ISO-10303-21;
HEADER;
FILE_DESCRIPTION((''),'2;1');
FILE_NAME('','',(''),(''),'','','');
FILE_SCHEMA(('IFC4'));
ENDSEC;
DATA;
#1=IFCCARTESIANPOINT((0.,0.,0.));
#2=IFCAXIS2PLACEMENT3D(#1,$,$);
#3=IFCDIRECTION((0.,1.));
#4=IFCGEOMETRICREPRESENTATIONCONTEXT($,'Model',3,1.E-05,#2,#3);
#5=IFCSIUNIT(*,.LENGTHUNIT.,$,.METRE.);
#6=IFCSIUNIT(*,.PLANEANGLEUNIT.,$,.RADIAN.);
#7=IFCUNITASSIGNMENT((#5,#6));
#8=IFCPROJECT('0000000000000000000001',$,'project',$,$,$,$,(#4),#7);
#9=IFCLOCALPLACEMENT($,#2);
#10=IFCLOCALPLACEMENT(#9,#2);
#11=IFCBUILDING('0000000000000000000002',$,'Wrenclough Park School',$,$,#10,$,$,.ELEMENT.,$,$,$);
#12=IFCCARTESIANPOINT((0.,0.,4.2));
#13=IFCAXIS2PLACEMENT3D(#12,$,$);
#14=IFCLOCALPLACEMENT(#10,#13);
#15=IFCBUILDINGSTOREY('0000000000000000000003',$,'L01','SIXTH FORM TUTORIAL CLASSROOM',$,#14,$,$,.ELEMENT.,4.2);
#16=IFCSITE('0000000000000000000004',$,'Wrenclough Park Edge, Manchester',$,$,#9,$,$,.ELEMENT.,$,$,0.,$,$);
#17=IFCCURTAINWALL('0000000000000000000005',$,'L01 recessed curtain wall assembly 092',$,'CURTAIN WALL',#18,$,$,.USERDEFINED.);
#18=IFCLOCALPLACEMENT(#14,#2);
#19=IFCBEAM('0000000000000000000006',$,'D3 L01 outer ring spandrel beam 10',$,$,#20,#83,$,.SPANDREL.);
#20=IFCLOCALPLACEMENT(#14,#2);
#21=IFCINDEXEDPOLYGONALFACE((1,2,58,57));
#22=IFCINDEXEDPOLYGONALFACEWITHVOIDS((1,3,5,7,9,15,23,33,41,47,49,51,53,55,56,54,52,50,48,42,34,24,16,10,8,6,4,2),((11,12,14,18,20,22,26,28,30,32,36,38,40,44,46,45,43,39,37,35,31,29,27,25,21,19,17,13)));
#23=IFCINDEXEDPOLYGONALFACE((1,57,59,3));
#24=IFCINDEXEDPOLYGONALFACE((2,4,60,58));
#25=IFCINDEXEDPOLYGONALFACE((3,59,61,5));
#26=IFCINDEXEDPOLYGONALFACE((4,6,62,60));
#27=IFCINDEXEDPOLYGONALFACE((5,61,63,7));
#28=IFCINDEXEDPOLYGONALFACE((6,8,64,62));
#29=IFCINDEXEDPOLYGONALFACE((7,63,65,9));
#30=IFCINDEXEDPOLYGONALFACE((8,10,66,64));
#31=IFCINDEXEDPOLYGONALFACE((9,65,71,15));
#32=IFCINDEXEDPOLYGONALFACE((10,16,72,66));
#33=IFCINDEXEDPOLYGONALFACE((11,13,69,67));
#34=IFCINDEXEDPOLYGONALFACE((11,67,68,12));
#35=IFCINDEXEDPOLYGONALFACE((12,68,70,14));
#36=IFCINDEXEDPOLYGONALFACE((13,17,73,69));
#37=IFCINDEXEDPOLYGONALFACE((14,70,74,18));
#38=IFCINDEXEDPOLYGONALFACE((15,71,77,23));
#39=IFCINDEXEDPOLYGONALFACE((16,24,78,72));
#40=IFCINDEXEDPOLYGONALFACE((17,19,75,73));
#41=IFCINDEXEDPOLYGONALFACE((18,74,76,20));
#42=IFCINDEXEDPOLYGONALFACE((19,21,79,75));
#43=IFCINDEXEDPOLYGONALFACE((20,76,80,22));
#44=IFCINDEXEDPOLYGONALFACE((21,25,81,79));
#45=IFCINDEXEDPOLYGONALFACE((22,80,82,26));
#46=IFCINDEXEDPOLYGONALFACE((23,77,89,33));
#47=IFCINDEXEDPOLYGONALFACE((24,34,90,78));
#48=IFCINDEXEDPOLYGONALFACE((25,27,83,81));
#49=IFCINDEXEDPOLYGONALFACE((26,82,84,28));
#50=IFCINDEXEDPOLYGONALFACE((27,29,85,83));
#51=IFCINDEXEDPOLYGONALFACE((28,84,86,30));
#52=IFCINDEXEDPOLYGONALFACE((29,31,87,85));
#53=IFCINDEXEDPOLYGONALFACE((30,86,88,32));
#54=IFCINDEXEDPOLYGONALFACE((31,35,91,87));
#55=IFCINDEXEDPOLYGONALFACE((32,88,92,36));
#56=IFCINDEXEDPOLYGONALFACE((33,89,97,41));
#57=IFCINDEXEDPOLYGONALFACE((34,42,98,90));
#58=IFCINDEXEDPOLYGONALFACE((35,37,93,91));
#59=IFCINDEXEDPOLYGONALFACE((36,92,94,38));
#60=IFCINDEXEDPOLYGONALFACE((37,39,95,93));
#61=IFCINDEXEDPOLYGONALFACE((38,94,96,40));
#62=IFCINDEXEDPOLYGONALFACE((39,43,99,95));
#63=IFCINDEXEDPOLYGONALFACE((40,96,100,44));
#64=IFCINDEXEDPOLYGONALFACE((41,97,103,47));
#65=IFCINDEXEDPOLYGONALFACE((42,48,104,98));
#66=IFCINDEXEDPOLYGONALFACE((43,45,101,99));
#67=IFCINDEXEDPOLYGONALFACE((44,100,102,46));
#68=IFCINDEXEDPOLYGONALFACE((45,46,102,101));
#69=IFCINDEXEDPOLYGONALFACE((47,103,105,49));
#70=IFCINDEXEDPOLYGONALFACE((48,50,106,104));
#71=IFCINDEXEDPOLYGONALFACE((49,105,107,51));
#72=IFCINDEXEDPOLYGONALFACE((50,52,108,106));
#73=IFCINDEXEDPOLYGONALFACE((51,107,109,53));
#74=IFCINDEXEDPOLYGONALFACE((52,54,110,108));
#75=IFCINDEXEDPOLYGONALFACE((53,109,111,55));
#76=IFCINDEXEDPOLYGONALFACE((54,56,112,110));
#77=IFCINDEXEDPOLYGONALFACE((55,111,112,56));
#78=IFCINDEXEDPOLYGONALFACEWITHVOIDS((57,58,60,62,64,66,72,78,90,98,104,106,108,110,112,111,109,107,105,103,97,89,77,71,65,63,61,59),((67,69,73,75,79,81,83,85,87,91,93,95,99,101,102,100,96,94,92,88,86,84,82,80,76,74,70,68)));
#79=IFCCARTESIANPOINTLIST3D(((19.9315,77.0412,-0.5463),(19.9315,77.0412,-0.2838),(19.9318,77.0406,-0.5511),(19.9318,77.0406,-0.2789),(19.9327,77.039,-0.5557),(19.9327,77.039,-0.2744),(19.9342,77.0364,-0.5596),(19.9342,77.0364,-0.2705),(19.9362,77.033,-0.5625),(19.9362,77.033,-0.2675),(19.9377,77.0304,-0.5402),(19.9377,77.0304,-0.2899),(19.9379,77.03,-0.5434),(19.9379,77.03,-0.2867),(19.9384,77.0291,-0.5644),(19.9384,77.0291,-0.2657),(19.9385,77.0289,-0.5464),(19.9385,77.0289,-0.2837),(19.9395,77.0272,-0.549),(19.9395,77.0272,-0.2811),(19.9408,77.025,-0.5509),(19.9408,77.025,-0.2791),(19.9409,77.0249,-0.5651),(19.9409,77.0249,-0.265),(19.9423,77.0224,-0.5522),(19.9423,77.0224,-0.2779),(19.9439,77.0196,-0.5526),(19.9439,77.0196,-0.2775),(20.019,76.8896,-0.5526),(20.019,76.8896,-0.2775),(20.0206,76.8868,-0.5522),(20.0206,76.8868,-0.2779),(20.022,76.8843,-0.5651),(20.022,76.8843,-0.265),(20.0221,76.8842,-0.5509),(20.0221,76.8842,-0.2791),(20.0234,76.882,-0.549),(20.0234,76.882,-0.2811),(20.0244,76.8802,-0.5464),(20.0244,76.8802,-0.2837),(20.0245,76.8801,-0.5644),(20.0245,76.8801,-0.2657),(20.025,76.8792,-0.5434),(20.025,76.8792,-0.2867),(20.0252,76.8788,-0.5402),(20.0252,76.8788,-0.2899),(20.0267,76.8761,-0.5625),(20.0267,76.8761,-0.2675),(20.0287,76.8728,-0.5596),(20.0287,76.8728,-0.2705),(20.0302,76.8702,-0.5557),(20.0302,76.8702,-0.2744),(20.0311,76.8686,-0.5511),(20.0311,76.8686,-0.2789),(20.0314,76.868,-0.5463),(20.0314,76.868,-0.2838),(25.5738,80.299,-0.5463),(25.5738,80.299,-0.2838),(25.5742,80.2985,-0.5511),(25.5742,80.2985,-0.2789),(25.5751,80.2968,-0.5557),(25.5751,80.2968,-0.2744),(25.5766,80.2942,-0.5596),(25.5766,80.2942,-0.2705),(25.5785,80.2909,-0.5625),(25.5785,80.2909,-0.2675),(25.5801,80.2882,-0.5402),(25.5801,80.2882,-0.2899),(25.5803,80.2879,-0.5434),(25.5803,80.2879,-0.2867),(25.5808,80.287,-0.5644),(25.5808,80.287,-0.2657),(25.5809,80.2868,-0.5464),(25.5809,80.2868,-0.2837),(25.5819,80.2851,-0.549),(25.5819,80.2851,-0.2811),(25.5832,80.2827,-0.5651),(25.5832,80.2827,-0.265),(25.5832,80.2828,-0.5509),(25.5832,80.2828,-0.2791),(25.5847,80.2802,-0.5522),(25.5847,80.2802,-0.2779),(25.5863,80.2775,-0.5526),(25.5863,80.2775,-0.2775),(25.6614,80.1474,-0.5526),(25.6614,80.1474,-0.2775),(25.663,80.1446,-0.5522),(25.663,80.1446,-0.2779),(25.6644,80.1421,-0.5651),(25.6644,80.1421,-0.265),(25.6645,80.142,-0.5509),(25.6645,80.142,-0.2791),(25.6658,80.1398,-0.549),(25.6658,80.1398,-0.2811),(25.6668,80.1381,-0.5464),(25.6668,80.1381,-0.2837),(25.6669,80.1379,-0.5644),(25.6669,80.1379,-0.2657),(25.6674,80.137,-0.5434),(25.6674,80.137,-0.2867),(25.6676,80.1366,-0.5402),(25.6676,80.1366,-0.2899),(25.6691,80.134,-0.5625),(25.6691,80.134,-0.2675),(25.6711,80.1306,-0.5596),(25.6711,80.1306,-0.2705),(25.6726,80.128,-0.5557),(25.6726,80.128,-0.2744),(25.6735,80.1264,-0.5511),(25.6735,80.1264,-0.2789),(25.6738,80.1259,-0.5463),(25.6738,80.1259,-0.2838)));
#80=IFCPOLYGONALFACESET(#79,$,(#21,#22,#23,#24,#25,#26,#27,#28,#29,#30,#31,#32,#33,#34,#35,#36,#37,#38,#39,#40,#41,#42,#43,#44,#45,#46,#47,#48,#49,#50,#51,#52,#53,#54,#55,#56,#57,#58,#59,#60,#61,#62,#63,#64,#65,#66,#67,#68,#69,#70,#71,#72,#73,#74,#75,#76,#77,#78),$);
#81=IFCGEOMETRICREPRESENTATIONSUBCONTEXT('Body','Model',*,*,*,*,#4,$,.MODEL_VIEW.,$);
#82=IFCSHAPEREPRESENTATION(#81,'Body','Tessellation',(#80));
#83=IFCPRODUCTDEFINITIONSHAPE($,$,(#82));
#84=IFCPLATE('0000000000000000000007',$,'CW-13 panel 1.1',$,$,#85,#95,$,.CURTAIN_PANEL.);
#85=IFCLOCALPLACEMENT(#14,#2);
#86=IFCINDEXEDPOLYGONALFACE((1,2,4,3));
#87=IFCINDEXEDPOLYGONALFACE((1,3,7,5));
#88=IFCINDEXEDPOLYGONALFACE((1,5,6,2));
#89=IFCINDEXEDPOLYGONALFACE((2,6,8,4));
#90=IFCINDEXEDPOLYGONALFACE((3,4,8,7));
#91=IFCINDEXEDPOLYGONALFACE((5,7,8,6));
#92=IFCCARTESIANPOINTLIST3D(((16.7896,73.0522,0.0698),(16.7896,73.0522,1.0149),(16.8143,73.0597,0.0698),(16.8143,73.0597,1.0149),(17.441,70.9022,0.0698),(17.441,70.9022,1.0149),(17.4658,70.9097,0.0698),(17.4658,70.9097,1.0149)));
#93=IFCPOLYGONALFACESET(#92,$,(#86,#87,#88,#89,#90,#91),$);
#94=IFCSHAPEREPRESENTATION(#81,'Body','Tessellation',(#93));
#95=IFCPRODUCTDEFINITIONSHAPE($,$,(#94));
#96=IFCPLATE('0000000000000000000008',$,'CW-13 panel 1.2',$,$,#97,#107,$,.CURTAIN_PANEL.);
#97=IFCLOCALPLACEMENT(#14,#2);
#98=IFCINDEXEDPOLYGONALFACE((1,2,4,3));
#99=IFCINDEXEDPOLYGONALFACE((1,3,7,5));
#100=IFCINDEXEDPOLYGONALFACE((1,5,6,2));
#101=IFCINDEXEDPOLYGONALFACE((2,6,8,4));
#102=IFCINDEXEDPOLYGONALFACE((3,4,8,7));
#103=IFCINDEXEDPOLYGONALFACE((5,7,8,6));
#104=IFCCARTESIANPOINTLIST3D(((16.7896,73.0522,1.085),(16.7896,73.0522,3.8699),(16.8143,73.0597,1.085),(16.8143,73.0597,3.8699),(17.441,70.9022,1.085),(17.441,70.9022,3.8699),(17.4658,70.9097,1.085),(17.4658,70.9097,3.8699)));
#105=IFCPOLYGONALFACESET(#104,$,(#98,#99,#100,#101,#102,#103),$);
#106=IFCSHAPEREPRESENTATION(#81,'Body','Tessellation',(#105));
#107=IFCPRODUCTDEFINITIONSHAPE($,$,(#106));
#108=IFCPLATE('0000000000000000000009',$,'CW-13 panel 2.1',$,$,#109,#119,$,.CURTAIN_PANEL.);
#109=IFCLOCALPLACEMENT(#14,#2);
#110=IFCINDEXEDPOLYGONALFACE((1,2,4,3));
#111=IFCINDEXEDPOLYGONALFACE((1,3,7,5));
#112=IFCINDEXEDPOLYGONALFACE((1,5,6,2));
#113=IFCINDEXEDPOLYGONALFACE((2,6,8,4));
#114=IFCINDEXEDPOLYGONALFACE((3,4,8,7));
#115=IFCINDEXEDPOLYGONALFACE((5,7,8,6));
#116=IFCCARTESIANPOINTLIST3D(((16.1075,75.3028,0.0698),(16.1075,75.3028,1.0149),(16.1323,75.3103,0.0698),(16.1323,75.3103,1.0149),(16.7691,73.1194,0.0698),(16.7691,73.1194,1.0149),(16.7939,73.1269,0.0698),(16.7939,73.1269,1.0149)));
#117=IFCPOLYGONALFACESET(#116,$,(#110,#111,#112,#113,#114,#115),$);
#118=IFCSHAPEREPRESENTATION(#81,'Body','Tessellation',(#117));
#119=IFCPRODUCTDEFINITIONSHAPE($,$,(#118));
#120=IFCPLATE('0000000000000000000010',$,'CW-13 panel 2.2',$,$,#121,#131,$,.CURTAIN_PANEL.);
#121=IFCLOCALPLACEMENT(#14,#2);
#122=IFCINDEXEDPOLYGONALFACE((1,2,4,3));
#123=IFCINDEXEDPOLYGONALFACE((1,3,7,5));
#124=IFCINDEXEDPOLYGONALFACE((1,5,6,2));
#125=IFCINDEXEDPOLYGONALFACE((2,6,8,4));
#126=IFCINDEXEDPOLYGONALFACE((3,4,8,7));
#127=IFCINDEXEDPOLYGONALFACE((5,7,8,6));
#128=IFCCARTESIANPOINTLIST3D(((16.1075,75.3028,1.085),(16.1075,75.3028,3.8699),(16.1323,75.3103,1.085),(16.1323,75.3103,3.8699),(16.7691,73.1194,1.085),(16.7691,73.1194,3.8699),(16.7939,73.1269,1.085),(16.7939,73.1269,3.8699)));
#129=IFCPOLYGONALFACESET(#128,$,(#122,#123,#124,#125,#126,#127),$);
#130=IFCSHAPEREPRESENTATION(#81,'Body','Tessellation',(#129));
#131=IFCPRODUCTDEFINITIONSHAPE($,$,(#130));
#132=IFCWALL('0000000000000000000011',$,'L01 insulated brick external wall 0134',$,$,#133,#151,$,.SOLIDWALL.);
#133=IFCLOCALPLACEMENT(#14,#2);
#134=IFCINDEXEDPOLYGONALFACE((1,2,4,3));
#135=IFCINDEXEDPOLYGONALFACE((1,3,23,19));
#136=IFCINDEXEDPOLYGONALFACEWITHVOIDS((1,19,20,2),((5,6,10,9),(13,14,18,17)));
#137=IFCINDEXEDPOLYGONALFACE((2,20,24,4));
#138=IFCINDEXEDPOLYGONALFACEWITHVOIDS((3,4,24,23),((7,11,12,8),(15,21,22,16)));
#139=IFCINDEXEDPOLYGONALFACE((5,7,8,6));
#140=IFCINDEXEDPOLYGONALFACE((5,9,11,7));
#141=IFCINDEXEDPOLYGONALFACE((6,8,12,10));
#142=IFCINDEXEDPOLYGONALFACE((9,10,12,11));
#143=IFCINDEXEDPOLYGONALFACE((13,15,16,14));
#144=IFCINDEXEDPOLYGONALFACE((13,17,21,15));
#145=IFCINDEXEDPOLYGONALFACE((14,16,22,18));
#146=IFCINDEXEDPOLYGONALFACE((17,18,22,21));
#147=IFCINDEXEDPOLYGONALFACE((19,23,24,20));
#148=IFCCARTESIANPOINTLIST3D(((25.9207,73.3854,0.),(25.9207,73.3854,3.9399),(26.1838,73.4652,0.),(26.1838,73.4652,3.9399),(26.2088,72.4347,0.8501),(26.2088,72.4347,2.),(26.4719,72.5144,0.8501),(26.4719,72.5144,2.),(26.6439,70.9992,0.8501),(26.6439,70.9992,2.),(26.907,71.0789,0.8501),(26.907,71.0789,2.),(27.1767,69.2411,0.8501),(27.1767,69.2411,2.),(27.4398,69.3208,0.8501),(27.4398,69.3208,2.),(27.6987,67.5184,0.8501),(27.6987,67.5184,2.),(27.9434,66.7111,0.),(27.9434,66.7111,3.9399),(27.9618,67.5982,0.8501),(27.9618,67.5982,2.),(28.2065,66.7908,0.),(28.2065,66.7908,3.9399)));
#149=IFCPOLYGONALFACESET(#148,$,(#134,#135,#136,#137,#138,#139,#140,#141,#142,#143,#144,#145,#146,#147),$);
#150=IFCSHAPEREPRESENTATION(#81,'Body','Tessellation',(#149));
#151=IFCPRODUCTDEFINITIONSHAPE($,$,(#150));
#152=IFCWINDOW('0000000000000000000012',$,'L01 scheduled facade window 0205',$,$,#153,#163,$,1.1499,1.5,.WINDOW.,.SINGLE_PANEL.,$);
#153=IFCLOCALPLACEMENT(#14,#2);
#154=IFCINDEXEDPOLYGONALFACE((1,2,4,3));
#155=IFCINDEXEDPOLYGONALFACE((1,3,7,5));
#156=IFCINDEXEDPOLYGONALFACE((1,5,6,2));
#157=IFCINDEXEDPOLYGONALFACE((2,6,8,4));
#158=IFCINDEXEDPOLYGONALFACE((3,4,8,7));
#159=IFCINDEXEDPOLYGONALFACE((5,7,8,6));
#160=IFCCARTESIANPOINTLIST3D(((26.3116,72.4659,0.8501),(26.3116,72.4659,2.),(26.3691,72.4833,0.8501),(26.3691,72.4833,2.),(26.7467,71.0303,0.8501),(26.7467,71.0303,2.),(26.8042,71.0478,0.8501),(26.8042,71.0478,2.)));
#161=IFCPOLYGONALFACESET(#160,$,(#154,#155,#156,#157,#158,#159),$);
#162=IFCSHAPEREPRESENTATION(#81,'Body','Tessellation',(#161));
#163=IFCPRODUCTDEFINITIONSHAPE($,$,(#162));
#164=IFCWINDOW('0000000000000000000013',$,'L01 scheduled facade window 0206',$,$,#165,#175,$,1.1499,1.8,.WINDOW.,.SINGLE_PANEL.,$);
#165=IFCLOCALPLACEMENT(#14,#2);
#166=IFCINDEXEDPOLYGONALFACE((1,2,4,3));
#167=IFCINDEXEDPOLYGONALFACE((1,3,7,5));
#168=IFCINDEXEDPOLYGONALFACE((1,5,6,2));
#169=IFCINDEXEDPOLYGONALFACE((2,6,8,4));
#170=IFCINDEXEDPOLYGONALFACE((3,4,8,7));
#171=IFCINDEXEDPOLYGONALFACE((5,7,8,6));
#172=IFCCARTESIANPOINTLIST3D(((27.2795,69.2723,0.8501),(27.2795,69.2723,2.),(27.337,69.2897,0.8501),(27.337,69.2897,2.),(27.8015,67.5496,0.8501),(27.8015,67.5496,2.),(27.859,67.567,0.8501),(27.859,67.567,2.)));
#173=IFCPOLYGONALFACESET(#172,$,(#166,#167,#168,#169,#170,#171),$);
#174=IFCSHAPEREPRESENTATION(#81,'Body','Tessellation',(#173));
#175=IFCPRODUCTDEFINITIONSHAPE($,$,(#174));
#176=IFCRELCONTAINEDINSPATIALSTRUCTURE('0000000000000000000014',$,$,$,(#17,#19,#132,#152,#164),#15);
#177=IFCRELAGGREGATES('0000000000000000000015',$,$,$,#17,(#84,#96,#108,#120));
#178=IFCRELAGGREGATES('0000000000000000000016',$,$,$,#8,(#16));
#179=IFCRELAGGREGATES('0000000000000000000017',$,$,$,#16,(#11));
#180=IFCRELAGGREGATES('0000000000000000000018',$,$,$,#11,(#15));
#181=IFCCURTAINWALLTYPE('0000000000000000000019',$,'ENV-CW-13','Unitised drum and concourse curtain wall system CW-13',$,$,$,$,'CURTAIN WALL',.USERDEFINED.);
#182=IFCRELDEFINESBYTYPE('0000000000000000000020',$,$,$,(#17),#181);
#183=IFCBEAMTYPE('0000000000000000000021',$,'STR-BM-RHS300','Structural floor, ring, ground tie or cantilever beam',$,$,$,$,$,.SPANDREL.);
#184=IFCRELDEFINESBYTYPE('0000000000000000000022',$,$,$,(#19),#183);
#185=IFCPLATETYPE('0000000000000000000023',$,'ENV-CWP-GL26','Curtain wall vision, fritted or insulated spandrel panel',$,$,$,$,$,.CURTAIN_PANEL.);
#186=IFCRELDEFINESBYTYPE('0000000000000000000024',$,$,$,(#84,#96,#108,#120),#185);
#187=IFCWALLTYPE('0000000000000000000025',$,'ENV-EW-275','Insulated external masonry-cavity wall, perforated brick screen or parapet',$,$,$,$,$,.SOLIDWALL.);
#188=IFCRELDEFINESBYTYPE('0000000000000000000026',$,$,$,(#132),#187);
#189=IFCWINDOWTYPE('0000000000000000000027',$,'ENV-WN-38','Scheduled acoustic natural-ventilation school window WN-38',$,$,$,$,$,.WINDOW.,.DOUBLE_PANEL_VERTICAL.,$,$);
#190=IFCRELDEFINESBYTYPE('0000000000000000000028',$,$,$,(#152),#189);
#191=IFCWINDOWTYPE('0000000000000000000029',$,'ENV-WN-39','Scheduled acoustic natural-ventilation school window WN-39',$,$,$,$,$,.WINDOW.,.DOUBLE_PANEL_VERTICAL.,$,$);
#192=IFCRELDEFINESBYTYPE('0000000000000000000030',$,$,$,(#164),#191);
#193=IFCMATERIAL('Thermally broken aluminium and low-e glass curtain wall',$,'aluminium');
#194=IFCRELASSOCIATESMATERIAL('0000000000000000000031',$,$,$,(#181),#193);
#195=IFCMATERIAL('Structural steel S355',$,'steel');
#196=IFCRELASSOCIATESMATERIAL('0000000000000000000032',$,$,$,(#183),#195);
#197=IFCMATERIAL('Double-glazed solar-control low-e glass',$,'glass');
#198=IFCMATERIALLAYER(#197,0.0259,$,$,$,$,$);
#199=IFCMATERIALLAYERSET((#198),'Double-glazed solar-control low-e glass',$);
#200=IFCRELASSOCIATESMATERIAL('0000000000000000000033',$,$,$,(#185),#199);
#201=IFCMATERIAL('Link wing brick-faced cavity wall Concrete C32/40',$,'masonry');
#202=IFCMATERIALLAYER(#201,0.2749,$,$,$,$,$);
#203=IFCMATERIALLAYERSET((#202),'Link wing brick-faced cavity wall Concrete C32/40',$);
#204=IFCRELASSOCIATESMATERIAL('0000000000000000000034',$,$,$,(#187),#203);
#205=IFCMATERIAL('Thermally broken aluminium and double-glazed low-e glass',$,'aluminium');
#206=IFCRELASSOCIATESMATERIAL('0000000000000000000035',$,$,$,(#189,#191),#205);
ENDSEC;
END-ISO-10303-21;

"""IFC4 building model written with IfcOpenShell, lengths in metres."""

from ifc_helpers import new_model, si_unit, direction, frame, frame_2d, origin, origin_2d, place, context, subcontext, project, spatial, rectangle, hollow_rectangle, extrude, material, layer, layer_set, material_profile, profile_set, type_object, element, fill, aggregate, save


model = new_model("IFC4")

# Units and contexts
model_context = context("Model", 3, precision=1e-05, world=origin(), true_north=direction((0.0, 1.0)))
body_context = subcontext(model_context, "Body", "Model", "MODEL_VIEW")
ifc_project = project(units=[si_unit("LENGTHUNIT", "METRE"), si_unit("PLANEANGLEUNIT", "RADIAN")], contexts=[model_context])

# Site, building, storey
site_placement = place(None, origin())
site = spatial("IfcSite", under=ifc_project, at=site_placement, Name="Wrenclough Park Edge, Manchester", CompositionType="ELEMENT", RefElevation=0.0)
building_placement = place(site_placement, origin())
building = spatial("IfcBuilding", under=site, at=building_placement, Name="Wrenclough Park School", CompositionType="ELEMENT")
storey_placement = place(building_placement, frame((0.0, 0.0, 4.2)))
storey = spatial("IfcBuildingStorey", under=building, at=storey_placement, Name="L01", Description="SIXTH FORM TUTORIAL CLASSROOM", CompositionType="ELEMENT", Elevation=4.2)

# Shared definitions
ifc_material_1 = material(Name="Structural steel S355", Category="steel")

# Curtain wall
ifc_material_2 = material(Name="Thermally broken aluminium and low-e glass curtain wall", Category="aluminium")
curtain_wall_type = type_object("IfcCurtainWallType", Name="ENV-CW-13", Description="Unitised drum and concourse curtain wall system CW-13", ElementType="CURTAIN WALL", PredefinedType="USERDEFINED", material=ifc_material_2)
curtain_wall_placement = place(storey_placement, origin())
curtain_wall = element("IfcCurtainWall", 1, at=curtain_wall_placement, inside=storey, type_object=curtain_wall_type, Name="L01 recessed curtain wall assembly 092", ObjectType="CURTAIN WALL", PredefinedType="USERDEFINED")

# Beam
ifc_material_profile_1 = material_profile(ifc_material_1, hollow_rectangle(XDim=0.2, YDim=0.3, WallThickness=0.0125, InnerFilletRadius=0.0125, OuterFilletRadius=0.0188, at=origin_2d()), Name="RHS 300x200x12.5")
ifc_profile_set_1 = profile_set([ifc_material_profile_1], Name="Structural steel S355")
beam_type_1 = type_object("IfcBeamType", Name="STR-BM-RHS300", Description="Structural floor, ring, ground tie or cantilever beam", PredefinedType="SPANDREL", material=ifc_profile_set_1)
beam_1_placement = place(storey_placement, frame((19.9814, 76.9546, -0.415), z_axis=(0.866011, 0.500024, 0.0), x_axis=(-0.500024, 0.866011, 0.0)))
element("IfcBeam", 2, at=beam_1_placement, inside=storey, type_object=beam_type_1, Name="D3 L01 outer ring spandrel beam 10", PredefinedType="SPANDREL", context=body_context, shape_type="SweptSolid", body=[
    extrude(hollow_rectangle(XDim=0.2, YDim=0.3, WallThickness=0.0125, InnerFilletRadius=0.0125, OuterFilletRadius=0.0188, at=origin_2d()), origin(), (0.0, 0.0, 1.0), 6.5154),
])

# Plates
ifc_material_3 = material(Name="Double-glazed solar-control low-e glass", Category="glass")
ifc_layer_1 = layer(ifc_material_3, 0.0259)
ifc_layer_set_1 = layer_set([ifc_layer_1], Name="Double-glazed solar-control low-e glass")
plate_type = type_object("IfcPlateType", Name="ENV-CWP-GL26", Description="Curtain wall vision, fritted or insulated spandrel panel", PredefinedType="CURTAIN_PANEL", material=ifc_layer_set_1)
plate_1_placement = place(storey_placement, frame((17.1277, 71.981, 0.0698), z_axis=(0.0, 0.0, 1.0), x_axis=(-0.289988, 0.95703, 0.0)))
plate_1 = element("IfcPlate", 3, at=plate_1_placement, type_object=plate_type, Name="CW-13 panel 1.1", PredefinedType="CURTAIN_PANEL", context=body_context, shape_type="SweptSolid", body=[
    extrude(rectangle(XDim=2.2466, YDim=0.0259, at=origin_2d()), origin(), (0.0, 0.0, 1.0), 0.9451),
])
plate_2_placement = place(storey_placement, frame((17.1277, 71.981, 1.085), z_axis=(0.0, 0.0, 1.0), x_axis=(-0.289988, 0.95703, 0.0)))
plate_2 = element("IfcPlate", 4, at=plate_2_placement, type_object=plate_type, Name="CW-13 panel 1.2", PredefinedType="CURTAIN_PANEL", context=body_context, shape_type="SweptSolid", body=[
    extrude(rectangle(XDim=2.2466, YDim=0.0259, at=origin_2d()), origin(), (0.0, 0.0, 1.0), 2.7849),
])
plate_3_placement = place(storey_placement, frame((16.4507, 74.2148, 0.0698), z_axis=(0.0, 0.0, 1.0), x_axis=(-0.289988, 0.95703, 0.0)))
plate_3 = element("IfcPlate", 5, at=plate_3_placement, type_object=plate_type, Name="CW-13 panel 2.1", PredefinedType="CURTAIN_PANEL", context=body_context, shape_type="SweptSolid", body=[
    extrude(rectangle(XDim=2.2815, YDim=0.0259, at=origin_2d()), origin(), (0.0, 0.0, 1.0), 0.9451),
])
plate_4_placement = place(storey_placement, frame((16.4507, 74.2148, 1.085), z_axis=(0.0, 0.0, 1.0), x_axis=(-0.289988, 0.95703, 0.0)))
plate_4 = element("IfcPlate", 6, at=plate_4_placement, type_object=plate_type, Name="CW-13 panel 2.2", PredefinedType="CURTAIN_PANEL", context=body_context, shape_type="SweptSolid", body=[
    extrude(rectangle(XDim=2.2815, YDim=0.0259, at=origin_2d()), origin(), (0.0, 0.0, 1.0), 2.7849),
])
aggregate(curtain_wall, [plate_1, plate_2, plate_3, plate_4])

# Wall, openings, windows
ifc_material_4 = material(Name="Link wing brick-faced cavity wall Concrete C32/40", Category="masonry")
ifc_layer_2 = layer(ifc_material_4, 0.2749)
ifc_layer_set_2 = layer_set([ifc_layer_2], Name="Link wing brick-faced cavity wall Concrete C32/40")
wall_type_1 = type_object("IfcWallType", Name="ENV-EW-275", Description="Insulated external masonry-cavity wall, perforated brick screen or parapet", PredefinedType="SOLIDWALL", material=ifc_layer_set_2)
wall_1_placement = place(storey_placement, frame((26.0522, 73.4253, 0.0), z_axis=(0.0, 0.0, 1.0), x_axis=(0.290032, -0.957017, 0.0)))
wall_1 = element("IfcWall", 7, at=wall_1_placement, inside=storey, type_object=wall_type_1, Name="L01 insulated brick external wall 0134", PredefinedType="SOLIDWALL", context=body_context, shape_type="SweptSolid", body=[
    extrude(rectangle(XDim=6.9741, YDim=0.2749, at=frame_2d((3.4871, 0.0))), origin(), (0.0, 0.0, 1.0), 3.9399),
])
opening_1_placement = place(wall_1_placement, frame((0.9934, 0.0, 0.8501)))
opening_1 = element("IfcOpeningElement", 8, at=opening_1_placement, cuts=wall_1, PredefinedType="OPENING", context=body_context, shape_type="SweptSolid", body=[
    extrude(rectangle(XDim=1.5, YDim=1.1499, at=frame_2d((0.75, 0.575))), frame((0.0, 0.1475, 0.0), z_axis=(0.0, -1.0, 0.0), x_axis=(1.0, 0.0, 0.0)), (0.0, 0.0, 1.0), 0.2949),
])
opening_2_placement = place(wall_1_placement, frame((4.3306, 0.0, 0.8501)))
opening_2 = element("IfcOpeningElement", 9, at=opening_2_placement, cuts=wall_1, PredefinedType="OPENING", context=body_context, shape_type="SweptSolid", body=[
    extrude(rectangle(XDim=1.8, YDim=1.1499, at=frame_2d((0.8999, 0.575))), frame((0.0, 0.1475, 0.0), z_axis=(0.0, -1.0, 0.0), x_axis=(1.0, 0.0, 0.0)), (0.0, 0.0, 1.0), 0.2949),
])
ifc_material_5 = material(Name="Thermally broken aluminium and double-glazed low-e glass", Category="aluminium")
window_type_1 = type_object("IfcWindowType", Name="ENV-WN-38", Description="Scheduled acoustic natural-ventilation school window WN-38", PartitioningType="DOUBLE_PANEL_VERTICAL", PredefinedType="WINDOW", material=ifc_material_5)
window_1_placement = place(opening_1_placement, origin())
window_1 = element("IfcWindow", 10, at=window_1_placement, inside=storey, type_object=window_type_1, Name="L01 scheduled facade window 0205", OverallHeight=1.1499, OverallWidth=1.5, PartitioningType="SINGLE_PANEL", PredefinedType="WINDOW", context=body_context, shape_type="SweptSolid", body=[
    extrude(rectangle(XDim=1.5, YDim=1.1499, at=frame_2d((0.75, 0.575))), frame((0.0, 0.03, 0.0), z_axis=(0.0, -1.0, 0.0), x_axis=(1.0, 0.0, 0.0)), (0.0, 0.0, 1.0), 0.0601),
])
fill(opening_1, window_1)
window_type_2 = type_object("IfcWindowType", Name="ENV-WN-39", Description="Scheduled acoustic natural-ventilation school window WN-39", PartitioningType="DOUBLE_PANEL_VERTICAL", PredefinedType="WINDOW", material=ifc_material_5)
window_2_placement = place(opening_2_placement, origin())
window_2 = element("IfcWindow", 11, at=window_2_placement, inside=storey, type_object=window_type_2, Name="L01 scheduled facade window 0206", OverallHeight=1.1499, OverallWidth=1.8, PartitioningType="SINGLE_PANEL", PredefinedType="WINDOW", context=body_context, shape_type="SweptSolid", body=[
    extrude(rectangle(XDim=1.8, YDim=1.1499, at=frame_2d((0.8999, 0.575))), frame((0.0, 0.03, 0.0), z_axis=(0.0, -1.0, 0.0), x_axis=(1.0, 0.0, 0.0)), (0.0, 0.0, 1.0), 0.0601),
])
fill(opening_2, window_2)

save(model, "model.ifc")
